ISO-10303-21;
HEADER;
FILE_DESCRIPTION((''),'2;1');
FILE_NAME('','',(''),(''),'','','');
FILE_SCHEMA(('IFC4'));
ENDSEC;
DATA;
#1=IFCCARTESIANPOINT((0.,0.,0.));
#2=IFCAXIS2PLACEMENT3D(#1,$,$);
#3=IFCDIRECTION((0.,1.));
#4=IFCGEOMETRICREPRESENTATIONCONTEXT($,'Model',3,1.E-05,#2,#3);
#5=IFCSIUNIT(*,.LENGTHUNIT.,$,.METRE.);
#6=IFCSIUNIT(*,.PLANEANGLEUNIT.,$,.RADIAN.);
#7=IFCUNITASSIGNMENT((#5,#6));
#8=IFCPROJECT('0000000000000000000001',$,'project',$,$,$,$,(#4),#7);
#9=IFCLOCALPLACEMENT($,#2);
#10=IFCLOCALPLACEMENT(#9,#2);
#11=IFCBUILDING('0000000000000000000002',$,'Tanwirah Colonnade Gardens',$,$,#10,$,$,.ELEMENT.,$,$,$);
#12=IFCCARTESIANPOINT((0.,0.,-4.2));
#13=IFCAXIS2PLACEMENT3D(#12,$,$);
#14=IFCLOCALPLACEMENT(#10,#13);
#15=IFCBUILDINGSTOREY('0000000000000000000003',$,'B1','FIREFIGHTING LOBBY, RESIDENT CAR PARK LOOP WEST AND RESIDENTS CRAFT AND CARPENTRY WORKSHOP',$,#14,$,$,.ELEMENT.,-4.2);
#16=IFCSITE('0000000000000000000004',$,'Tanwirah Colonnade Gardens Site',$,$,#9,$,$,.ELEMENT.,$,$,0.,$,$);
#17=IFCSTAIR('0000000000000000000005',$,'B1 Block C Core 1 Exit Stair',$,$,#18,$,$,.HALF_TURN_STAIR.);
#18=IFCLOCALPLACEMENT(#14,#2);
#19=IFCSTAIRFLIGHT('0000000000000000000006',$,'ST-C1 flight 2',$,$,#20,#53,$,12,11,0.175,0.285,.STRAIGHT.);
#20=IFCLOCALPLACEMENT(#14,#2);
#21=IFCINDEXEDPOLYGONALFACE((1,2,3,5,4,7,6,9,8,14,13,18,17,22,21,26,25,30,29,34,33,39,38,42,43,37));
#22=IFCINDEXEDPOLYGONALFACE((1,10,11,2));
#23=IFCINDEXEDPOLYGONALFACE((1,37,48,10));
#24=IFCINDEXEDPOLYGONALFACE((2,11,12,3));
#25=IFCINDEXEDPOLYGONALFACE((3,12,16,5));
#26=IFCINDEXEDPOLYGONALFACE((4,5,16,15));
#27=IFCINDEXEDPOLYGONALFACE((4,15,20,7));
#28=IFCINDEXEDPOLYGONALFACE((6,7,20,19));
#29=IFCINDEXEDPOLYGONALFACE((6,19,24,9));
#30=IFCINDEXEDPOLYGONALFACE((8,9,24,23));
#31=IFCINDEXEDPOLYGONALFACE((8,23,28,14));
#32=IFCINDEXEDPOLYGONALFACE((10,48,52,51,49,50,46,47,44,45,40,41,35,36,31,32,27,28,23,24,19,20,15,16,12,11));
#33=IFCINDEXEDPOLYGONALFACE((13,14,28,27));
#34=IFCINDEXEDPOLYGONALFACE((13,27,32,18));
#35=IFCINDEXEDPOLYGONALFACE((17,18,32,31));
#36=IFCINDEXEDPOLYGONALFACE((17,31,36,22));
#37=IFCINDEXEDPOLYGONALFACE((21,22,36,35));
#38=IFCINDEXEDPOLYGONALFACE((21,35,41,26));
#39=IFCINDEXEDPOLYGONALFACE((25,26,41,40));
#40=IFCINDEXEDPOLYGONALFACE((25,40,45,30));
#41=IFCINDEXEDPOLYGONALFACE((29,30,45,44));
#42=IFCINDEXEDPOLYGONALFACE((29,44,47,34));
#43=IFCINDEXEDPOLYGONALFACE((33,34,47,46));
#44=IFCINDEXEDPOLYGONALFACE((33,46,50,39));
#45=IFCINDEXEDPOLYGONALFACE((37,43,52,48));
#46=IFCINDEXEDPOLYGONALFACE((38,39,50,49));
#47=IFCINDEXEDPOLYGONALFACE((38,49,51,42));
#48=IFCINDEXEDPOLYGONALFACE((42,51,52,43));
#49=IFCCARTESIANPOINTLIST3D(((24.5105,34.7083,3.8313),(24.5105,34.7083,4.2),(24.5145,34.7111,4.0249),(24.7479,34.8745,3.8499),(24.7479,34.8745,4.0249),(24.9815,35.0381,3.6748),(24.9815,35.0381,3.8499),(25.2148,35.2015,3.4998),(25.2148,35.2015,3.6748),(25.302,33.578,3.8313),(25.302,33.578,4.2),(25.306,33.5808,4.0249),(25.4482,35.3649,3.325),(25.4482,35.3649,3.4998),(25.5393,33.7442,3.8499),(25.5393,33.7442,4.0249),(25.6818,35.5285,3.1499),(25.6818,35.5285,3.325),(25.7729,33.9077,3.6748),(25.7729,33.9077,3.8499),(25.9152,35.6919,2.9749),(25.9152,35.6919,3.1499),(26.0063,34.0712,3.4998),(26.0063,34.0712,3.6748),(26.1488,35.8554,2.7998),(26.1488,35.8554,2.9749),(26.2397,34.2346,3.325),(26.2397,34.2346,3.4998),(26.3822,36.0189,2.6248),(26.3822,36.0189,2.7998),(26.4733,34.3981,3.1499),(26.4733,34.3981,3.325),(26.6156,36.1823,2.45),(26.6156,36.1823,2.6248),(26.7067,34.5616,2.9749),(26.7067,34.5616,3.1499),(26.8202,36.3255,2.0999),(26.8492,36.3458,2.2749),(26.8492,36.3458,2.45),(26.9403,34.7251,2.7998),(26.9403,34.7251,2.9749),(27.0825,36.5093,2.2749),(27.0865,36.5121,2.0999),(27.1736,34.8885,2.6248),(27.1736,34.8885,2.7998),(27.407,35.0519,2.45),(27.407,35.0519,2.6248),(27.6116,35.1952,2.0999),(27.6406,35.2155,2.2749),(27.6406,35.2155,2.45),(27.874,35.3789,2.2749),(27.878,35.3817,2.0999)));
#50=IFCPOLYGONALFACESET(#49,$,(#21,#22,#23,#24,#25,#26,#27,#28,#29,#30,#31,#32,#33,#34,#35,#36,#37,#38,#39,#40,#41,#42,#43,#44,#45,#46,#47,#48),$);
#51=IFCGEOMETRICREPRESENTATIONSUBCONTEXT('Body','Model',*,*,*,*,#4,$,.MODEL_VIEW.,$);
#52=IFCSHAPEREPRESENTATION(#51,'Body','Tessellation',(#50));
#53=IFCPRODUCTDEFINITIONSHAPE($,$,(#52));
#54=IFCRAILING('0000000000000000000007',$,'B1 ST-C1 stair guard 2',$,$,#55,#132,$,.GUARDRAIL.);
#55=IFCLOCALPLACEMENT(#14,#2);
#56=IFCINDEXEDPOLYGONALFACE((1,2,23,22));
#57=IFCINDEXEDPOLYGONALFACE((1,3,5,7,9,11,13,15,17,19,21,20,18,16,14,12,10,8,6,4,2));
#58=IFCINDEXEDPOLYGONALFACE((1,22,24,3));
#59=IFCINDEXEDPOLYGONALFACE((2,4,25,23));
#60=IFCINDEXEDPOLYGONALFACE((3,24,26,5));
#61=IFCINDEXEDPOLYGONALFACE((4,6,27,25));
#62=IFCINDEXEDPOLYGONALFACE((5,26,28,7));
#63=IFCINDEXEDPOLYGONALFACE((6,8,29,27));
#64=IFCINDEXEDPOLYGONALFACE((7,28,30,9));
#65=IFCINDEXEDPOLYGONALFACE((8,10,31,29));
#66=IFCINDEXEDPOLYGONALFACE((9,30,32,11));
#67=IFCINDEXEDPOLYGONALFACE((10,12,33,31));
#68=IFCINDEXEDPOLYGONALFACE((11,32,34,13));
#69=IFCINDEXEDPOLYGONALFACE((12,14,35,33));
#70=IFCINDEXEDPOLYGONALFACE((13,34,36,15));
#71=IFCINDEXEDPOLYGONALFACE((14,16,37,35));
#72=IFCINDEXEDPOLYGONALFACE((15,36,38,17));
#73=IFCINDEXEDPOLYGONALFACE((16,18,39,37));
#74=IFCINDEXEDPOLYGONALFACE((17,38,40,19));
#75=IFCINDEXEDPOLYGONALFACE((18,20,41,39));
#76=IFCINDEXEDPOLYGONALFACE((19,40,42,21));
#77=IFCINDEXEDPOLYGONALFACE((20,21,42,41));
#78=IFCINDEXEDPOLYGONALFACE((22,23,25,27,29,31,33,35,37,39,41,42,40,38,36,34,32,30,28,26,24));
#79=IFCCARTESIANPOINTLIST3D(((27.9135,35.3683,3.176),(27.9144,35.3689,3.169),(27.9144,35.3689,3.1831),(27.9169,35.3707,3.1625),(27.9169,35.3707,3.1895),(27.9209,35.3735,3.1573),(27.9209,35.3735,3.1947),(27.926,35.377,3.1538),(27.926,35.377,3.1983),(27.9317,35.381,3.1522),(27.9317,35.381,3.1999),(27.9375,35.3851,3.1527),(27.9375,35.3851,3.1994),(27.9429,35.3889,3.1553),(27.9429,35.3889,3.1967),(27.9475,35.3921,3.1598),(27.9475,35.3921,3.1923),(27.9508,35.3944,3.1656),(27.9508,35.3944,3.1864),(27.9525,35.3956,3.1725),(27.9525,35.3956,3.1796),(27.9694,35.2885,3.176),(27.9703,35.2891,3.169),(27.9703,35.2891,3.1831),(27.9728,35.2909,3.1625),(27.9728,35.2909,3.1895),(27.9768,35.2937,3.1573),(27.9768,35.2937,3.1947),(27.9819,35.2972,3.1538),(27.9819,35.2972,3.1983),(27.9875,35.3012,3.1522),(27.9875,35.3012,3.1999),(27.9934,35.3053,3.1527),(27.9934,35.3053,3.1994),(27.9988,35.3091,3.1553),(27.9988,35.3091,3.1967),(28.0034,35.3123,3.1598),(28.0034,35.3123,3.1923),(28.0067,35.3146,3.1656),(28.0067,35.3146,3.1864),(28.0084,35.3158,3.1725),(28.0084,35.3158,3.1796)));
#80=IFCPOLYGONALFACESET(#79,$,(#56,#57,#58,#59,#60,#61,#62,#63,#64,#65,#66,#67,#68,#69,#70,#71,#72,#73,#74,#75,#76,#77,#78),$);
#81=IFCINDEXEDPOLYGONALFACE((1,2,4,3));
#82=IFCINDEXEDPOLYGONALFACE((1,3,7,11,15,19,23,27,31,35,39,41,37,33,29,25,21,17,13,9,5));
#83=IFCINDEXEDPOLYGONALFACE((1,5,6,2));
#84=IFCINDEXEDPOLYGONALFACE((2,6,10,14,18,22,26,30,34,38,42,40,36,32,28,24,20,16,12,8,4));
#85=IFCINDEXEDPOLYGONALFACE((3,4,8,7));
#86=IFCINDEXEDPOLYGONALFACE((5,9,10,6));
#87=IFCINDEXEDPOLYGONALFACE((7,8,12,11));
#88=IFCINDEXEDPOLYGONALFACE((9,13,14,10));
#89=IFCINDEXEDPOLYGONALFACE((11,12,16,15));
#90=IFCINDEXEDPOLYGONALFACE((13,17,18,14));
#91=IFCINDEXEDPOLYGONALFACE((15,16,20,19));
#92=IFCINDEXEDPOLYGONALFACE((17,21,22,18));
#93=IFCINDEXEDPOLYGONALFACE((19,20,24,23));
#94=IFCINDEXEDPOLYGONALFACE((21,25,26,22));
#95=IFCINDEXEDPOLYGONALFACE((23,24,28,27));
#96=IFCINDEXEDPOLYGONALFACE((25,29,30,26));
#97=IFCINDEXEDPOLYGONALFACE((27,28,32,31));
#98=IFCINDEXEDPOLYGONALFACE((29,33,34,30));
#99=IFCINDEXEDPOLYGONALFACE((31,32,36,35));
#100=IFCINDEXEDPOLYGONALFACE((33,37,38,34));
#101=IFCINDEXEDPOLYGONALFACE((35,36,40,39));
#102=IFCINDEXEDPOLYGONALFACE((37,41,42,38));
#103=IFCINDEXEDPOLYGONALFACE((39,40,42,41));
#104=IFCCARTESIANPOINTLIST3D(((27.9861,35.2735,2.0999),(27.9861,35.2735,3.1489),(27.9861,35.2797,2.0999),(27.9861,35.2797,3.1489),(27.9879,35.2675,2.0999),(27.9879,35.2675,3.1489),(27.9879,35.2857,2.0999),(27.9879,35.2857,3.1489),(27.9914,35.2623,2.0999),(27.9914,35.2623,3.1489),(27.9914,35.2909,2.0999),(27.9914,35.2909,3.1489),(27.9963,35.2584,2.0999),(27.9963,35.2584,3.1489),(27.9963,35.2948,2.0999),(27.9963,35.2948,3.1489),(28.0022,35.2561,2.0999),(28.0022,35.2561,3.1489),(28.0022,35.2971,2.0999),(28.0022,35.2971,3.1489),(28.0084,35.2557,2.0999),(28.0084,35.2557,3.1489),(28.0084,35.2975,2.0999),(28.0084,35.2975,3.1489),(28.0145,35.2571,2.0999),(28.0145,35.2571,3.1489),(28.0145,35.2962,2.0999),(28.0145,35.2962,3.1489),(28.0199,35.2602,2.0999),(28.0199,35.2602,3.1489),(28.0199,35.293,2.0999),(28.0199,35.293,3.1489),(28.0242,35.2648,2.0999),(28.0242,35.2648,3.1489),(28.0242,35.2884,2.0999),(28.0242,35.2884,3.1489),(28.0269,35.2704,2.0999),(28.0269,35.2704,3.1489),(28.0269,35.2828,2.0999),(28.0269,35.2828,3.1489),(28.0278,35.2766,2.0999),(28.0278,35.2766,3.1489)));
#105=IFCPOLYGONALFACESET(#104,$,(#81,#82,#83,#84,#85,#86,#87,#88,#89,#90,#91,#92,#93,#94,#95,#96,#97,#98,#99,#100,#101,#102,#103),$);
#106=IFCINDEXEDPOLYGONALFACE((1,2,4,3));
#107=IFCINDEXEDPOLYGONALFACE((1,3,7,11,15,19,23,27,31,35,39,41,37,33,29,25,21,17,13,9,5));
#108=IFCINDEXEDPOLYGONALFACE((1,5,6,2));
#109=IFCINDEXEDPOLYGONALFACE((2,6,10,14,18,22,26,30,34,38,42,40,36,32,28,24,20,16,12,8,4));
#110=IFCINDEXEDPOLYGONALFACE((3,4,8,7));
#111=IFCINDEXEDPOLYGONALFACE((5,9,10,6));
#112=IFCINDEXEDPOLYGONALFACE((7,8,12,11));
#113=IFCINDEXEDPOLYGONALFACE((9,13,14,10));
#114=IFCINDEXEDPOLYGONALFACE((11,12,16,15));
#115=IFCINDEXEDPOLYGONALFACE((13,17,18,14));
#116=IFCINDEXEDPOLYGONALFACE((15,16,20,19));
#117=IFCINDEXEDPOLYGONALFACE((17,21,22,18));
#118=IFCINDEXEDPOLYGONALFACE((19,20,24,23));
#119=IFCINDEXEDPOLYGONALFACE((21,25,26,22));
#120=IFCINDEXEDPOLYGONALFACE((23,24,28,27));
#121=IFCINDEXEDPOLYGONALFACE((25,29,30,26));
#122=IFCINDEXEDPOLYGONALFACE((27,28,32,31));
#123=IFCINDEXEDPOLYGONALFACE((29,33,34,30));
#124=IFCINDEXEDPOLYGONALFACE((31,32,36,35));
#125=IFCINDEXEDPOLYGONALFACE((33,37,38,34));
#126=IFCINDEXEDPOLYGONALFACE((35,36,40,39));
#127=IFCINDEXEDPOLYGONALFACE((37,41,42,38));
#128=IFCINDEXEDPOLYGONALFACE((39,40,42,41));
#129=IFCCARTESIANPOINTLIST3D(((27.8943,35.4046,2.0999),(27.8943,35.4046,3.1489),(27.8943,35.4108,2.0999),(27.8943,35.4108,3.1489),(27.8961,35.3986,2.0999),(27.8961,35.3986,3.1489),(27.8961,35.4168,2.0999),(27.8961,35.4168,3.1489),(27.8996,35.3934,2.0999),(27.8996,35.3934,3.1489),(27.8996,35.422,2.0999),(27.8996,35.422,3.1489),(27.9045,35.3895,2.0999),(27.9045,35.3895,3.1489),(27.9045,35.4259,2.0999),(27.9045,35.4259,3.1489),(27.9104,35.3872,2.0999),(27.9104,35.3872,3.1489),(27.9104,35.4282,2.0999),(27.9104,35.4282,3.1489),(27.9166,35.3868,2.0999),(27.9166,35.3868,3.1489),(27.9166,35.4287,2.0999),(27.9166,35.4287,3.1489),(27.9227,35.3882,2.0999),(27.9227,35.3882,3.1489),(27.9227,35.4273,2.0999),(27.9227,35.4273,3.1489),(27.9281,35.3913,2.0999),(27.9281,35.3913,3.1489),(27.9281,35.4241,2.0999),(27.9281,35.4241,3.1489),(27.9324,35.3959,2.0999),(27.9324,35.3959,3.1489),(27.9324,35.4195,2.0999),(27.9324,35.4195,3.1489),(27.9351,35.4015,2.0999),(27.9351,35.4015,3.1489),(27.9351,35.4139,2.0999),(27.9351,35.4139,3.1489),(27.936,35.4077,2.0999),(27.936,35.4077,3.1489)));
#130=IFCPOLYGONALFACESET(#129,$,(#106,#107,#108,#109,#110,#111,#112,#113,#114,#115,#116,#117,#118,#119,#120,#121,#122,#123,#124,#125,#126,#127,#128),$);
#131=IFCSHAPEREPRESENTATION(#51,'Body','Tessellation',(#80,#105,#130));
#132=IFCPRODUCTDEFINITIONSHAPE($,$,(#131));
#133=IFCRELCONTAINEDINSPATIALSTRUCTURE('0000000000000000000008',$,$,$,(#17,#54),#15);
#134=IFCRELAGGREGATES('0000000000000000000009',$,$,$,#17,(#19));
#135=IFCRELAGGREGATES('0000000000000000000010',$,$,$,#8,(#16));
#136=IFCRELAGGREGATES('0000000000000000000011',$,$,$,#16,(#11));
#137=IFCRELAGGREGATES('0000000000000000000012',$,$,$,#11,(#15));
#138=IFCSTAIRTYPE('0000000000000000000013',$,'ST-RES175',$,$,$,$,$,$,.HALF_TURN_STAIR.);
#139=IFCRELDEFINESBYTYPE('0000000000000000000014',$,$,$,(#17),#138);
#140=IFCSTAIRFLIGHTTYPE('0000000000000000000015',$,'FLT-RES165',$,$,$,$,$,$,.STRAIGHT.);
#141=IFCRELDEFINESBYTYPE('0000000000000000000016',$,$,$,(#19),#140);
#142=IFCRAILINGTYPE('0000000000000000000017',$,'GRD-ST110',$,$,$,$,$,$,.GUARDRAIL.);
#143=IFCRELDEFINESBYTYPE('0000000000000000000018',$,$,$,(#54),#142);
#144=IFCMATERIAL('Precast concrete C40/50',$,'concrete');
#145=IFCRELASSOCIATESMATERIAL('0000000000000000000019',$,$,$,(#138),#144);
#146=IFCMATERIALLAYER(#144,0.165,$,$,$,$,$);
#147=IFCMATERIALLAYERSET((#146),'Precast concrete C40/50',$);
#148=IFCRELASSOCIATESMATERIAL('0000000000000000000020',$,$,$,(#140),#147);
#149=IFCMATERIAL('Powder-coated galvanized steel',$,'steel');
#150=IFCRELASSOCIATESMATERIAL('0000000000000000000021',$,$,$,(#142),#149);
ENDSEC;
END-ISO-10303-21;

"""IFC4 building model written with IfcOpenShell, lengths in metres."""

from ifc_helpers import new_model, si_unit, direction, frame, origin, origin_2d, place, context, subcontext, project, spatial, polyline, circle, outline, extrude, material, layer, layer_set, type_object, element, aggregate, save


model = new_model("IFC4")

# Units and contexts
model_context = context("Model", 3, precision=1e-05, world=origin(), true_north=direction((0.0, 1.0)))
body_context = subcontext(model_context, "Body", "Model", "MODEL_VIEW")
ifc_project = project(units=[si_unit("LENGTHUNIT", "METRE"), si_unit("PLANEANGLEUNIT", "RADIAN")], contexts=[model_context])

# Site, building, storey
site_placement = place(None, origin())
site = spatial("IfcSite", under=ifc_project, at=site_placement, Name="Tanwirah Colonnade Gardens Site", CompositionType="ELEMENT", RefElevation=0.0)
building_placement = place(site_placement, origin())
building = spatial("IfcBuilding", under=site, at=building_placement, Name="Tanwirah Colonnade Gardens", CompositionType="ELEMENT")
storey_placement = place(building_placement, frame((0.0, 0.0, -4.2)))
storey = spatial("IfcBuildingStorey", under=building, at=storey_placement, Name="B1", Description="FIREFIGHTING LOBBY, RESIDENT CAR PARK LOOP WEST AND RESIDENTS CRAFT AND CARPENTRY WORKSHOP", CompositionType="ELEMENT", Elevation=-4.2)

# Shared definitions
ifc_material_1 = material(Name="Precast concrete C40/50", Category="concrete")

# Stair, stair flight
stair_type = type_object("IfcStairType", Name="ST-RES175", PredefinedType="HALF_TURN_STAIR", material=ifc_material_1)
stair_placement = place(storey_placement, origin())
stair = element("IfcStair", 1, at=stair_placement, inside=storey, type_object=stair_type, Name="B1 Block C Core 1 Exit Stair", PredefinedType="HALF_TURN_STAIR")
ifc_layer_1 = layer(ifc_material_1, 0.165)
ifc_layer_set_1 = layer_set([ifc_layer_1], Name="Precast concrete C40/50")
stair_flight_type = type_object("IfcStairFlightType", Name="FLT-RES165", PredefinedType="STRAIGHT", material=ifc_layer_set_1)
stair_flight_placement = place(storey_placement, frame((27.4783, 35.9441, 2.0999), z_axis=(0.0, 0.0, 1.0), x_axis=(-0.819152, -0.573576, 0.0)))
stair_flight = element("IfcStairFlight", 2, at=stair_flight_placement, type_object=stair_flight_type, Name="ST-C1 flight 2", NumberOfRisers=12, NumberOfTreads=11, PredefinedType="STRAIGHT", RiserHeight=0.175, TreadLength=0.285, context=body_context, shape_type="SweptSolid", body=[
    extrude(outline(polyline([(-0.0049, 0.0), (0.0, 0.175), (0.2849, 0.175), (0.2849, 0.3501), (0.5701, 0.3501), (0.5701, 0.5249), (0.855, 0.5249), (0.855, 0.7), (1.1399, 0.7), (1.1399, 0.875), (1.425, 0.875), (1.425, 1.05), (1.71, 1.05), (1.71, 1.2251), (1.9951, 1.2251), (1.9951, 1.3999), (2.28, 1.3999), (2.28, 1.575), (2.5649, 1.575), (2.5649, 1.75), (2.8501, 1.75), (2.8501, 1.925), (3.135, 1.925), (3.1399, 2.1001), (3.1399, 1.7314), (0.3203, 0.0), (-0.0049, 0.0)])), frame((0.0, 0.6899, 0.0), z_axis=(0.0, -1.0, 0.0), x_axis=(1.0, 0.0, 0.0)), (0.0, 0.0, 1.0), 1.3799),
])
aggregate(stair, [stair_flight])

# Railing
ifc_material_2 = material(Name="Powder-coated galvanized steel", Category="steel")
railing_type_1 = type_object("IfcRailingType", Name="GRD-ST110", PredefinedType="GUARDRAIL", material=ifc_material_2)
railing_1_placement = place(storey_placement, frame((28.0068, 35.2766, 2.0999)))
element("IfcRailing", 3, at=railing_1_placement, inside=storey, type_object=railing_type_1, Name="B1 ST-C1 stair guard 2", PredefinedType="GUARDRAIL", context=body_context, shape_type="SweptSolid", body=[
    extrude(circle(Radius=0.0239, at=origin_2d()), frame((-0.0178, 0.0256, 1.0762), z_axis=(-0.573565, 0.81916, 0.0), x_axis=(-0.81916, -0.573565, 0.0)), (0.0, 0.0, 1.0), 0.0974),
    extrude(circle(Radius=0.021, at=origin_2d()), origin(), (0.0, 0.0, 1.0), 1.0491),
    extrude(circle(Radius=0.021, at=origin_2d()), frame((-0.0918, 0.1311, 0.0)), (0.0, 0.0, 1.0), 1.0491),
])

save(model, "model.ifc")
